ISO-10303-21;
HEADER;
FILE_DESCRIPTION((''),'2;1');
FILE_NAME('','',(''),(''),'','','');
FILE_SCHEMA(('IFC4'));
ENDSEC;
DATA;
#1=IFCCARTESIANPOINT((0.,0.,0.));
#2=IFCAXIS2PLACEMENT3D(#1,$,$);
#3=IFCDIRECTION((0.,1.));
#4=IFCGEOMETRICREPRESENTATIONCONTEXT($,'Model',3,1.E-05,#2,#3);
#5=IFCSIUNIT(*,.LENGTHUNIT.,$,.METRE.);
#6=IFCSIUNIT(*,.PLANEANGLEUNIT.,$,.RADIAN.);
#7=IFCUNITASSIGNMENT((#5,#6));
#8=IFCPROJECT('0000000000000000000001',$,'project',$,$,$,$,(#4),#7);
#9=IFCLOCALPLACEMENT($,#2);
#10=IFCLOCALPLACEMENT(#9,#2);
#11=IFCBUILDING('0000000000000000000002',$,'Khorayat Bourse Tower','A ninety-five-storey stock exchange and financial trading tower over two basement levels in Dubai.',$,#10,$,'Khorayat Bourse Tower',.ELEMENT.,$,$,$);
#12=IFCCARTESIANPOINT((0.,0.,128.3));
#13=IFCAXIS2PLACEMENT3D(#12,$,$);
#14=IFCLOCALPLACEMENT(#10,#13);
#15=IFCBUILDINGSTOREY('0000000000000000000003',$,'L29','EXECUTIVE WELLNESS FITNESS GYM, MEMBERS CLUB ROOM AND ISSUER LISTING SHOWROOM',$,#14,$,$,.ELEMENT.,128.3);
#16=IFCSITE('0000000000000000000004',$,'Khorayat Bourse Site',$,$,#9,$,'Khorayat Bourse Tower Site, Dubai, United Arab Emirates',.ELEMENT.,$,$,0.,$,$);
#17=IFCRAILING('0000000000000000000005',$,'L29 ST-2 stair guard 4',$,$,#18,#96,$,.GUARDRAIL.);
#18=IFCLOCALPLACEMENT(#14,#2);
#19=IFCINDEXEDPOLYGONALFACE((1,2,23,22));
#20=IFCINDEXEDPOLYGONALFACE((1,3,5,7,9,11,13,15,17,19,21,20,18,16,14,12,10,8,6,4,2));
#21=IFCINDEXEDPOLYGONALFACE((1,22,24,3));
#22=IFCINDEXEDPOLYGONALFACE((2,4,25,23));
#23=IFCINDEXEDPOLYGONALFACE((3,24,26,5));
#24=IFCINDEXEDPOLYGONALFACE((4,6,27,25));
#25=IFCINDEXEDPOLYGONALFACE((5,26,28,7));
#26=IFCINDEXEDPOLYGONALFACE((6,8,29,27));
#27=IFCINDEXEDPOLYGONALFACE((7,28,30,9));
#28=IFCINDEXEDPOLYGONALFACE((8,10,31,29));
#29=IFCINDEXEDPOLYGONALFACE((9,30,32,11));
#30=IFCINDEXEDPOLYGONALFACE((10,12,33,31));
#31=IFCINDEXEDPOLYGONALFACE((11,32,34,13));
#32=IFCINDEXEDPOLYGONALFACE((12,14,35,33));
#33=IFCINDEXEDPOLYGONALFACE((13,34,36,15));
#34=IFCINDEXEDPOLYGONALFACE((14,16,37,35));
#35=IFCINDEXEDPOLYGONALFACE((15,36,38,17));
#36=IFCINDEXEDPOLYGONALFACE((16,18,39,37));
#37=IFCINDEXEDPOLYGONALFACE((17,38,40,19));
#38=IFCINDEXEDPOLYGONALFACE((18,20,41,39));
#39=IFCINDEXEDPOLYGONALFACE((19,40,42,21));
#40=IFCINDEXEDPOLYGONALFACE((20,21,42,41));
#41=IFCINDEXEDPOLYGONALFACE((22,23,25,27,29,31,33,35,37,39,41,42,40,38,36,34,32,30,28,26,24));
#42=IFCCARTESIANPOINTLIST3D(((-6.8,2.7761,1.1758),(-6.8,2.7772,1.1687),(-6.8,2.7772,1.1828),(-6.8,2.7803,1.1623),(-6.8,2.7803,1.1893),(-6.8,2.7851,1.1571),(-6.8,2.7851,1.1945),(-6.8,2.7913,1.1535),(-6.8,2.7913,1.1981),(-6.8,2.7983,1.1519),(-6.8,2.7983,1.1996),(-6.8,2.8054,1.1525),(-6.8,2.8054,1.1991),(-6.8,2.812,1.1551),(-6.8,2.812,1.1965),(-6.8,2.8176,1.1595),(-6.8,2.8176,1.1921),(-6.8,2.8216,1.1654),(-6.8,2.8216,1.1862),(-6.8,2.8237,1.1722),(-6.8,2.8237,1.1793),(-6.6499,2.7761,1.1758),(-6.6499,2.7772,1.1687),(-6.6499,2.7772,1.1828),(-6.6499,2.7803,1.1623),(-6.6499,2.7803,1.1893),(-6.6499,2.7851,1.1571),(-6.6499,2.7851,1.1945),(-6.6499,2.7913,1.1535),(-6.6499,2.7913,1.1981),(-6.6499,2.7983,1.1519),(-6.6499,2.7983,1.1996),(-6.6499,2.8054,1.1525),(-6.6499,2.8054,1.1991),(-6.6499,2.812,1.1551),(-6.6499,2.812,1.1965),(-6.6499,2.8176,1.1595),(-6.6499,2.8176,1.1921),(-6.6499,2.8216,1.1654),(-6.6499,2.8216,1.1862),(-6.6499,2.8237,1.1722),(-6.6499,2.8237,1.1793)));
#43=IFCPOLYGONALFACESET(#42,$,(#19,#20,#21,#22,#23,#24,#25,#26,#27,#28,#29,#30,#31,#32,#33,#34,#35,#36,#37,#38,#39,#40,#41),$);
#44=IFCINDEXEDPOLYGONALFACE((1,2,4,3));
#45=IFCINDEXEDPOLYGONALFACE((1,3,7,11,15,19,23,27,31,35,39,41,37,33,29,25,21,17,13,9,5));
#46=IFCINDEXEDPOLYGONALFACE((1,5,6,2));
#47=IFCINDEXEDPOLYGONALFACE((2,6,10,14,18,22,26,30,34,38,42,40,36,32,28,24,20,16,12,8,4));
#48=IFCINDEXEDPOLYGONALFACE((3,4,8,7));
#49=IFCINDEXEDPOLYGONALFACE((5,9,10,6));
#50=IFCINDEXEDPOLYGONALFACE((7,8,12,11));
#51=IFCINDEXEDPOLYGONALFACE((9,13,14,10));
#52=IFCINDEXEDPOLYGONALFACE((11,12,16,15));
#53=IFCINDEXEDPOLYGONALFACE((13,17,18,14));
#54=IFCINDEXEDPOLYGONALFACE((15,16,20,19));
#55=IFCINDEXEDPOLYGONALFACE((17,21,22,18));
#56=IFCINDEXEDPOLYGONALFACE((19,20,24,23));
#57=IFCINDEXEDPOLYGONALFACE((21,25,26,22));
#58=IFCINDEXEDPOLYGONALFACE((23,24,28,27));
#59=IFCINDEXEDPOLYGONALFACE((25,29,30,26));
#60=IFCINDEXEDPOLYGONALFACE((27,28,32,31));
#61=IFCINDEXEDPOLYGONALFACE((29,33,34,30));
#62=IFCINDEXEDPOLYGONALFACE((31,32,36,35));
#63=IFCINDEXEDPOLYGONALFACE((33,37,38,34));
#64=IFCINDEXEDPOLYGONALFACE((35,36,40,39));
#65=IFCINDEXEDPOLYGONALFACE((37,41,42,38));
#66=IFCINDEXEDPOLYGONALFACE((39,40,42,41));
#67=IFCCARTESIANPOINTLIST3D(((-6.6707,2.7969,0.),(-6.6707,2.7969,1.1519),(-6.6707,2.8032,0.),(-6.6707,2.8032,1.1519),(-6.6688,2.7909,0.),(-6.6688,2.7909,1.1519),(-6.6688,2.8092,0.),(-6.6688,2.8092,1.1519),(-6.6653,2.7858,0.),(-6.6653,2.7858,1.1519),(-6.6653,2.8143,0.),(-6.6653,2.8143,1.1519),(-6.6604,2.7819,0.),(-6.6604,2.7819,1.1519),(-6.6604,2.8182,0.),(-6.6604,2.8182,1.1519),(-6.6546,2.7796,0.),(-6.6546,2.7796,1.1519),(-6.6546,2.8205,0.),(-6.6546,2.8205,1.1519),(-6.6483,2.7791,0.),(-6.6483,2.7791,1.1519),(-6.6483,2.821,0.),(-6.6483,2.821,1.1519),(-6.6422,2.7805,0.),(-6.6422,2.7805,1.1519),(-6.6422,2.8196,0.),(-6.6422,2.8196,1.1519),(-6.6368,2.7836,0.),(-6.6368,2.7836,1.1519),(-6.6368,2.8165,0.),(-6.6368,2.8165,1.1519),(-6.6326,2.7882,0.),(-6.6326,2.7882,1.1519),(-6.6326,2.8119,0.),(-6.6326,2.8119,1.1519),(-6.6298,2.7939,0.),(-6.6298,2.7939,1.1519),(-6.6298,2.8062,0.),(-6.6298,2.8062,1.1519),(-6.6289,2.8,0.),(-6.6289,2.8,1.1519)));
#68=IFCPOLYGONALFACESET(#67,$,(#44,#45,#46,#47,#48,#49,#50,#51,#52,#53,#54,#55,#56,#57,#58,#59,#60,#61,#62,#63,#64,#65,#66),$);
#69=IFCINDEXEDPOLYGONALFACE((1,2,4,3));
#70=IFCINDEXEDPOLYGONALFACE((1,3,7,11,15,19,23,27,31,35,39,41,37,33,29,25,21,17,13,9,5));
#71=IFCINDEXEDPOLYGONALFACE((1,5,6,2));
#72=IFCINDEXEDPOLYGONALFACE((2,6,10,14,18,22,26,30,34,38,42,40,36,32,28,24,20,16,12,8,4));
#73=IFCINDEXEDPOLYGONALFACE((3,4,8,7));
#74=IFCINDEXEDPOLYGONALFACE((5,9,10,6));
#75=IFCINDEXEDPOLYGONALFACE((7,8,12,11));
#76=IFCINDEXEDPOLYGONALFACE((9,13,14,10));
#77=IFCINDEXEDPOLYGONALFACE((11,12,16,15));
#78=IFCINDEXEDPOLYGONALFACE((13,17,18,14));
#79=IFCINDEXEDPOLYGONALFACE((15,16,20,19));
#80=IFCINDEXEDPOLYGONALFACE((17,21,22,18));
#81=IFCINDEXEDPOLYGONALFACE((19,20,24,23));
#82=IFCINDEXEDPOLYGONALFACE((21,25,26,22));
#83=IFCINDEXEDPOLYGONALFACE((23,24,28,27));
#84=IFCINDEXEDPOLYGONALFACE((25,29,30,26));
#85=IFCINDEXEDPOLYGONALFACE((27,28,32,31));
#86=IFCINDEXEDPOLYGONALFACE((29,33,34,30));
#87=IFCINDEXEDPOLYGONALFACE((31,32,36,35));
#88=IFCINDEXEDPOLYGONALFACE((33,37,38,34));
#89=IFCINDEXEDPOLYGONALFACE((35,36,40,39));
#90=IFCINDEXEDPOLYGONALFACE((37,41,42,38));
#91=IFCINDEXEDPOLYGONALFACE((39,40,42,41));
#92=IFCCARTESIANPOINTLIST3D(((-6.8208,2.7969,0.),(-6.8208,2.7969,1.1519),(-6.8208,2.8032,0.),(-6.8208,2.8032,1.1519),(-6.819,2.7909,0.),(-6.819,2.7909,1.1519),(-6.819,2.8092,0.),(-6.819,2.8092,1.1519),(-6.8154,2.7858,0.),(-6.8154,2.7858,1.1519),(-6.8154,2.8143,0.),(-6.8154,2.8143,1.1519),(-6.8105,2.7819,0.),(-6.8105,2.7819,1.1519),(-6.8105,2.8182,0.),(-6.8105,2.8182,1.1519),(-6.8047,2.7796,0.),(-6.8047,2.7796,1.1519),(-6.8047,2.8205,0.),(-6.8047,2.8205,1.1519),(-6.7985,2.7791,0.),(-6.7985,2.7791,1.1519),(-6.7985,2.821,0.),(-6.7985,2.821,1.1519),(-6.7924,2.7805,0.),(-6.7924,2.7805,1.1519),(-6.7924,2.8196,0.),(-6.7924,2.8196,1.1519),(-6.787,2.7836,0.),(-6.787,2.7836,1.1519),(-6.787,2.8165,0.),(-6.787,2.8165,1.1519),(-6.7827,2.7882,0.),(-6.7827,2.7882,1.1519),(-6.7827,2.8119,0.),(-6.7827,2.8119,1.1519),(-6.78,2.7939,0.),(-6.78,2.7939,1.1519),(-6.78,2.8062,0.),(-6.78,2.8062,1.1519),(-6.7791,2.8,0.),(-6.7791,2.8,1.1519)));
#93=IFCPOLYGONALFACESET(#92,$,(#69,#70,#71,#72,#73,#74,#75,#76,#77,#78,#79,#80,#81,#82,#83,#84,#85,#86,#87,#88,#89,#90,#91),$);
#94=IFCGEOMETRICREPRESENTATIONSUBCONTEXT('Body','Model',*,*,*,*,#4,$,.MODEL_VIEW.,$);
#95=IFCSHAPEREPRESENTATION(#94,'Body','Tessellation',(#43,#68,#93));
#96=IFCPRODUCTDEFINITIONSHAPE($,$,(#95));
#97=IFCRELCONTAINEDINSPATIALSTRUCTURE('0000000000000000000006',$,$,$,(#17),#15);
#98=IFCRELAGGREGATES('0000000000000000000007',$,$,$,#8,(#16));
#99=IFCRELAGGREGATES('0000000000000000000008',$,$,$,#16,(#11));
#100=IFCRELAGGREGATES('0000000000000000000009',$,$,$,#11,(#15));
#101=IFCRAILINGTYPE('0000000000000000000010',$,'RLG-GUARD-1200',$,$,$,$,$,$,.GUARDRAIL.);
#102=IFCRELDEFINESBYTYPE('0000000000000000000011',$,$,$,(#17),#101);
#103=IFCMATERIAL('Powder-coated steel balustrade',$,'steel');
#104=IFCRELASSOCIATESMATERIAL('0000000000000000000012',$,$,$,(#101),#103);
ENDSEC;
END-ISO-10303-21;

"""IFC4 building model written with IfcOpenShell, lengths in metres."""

from ifc_helpers import new_model, si_unit, direction, frame, origin, origin_2d, place, context, subcontext, project, spatial, circle, extrude, source, transform, mapped, material, type_object, element, save


model = new_model("IFC4")

# Units and contexts
model_context = context("Model", 3, precision=1e-05, world=origin(), true_north=direction((0.0, 1.0)))
body_context = subcontext(model_context, "Body", "Model", "MODEL_VIEW")
ifc_project = project(units=[si_unit("LENGTHUNIT", "METRE"), si_unit("PLANEANGLEUNIT", "RADIAN")], contexts=[model_context])

# Site, building, storey
site_placement = place(None, origin())
site = spatial("IfcSite", under=ifc_project, at=site_placement, Name="Khorayat Bourse Site", LongName="Khorayat Bourse Tower Site, Dubai, United Arab Emirates", CompositionType="ELEMENT", RefElevation=0.0)
building_placement = place(site_placement, origin())
building = spatial("IfcBuilding", under=site, at=building_placement, Name="Khorayat Bourse Tower", Description="A ninety-five-storey stock exchange and financial trading tower over two basement levels in Dubai.", LongName="Khorayat Bourse Tower", CompositionType="ELEMENT")
storey_placement = place(building_placement, frame((0.0, 0.0, 128.3)))
storey = spatial("IfcBuildingStorey", under=building, at=storey_placement, Name="L29", Description="EXECUTIVE WELLNESS FITNESS GYM, MEMBERS CLUB ROOM AND ISSUER LISTING SHOWROOM", CompositionType="ELEMENT", Elevation=128.3)

# Railing
ifc_material_1 = material(Name="Powder-coated steel balustrade", Category="steel")
railing_type_1 = type_object("IfcRailingType", Name="RLG-GUARD-1200", PredefinedType="GUARDRAIL", material=ifc_material_1)
shared_shape_1 = source(origin(), body_context, "Body", "SweptSolid", [
    extrude(circle(Radius=0.0239, at=origin_2d()), frame((0.0, 0.0, 1.1758), z_axis=(-1.0, 0.0, 0.0), x_axis=(0.0, -1.0, 0.0)), (0.0, 0.0, 1.0), 0.1501),
    extrude(circle(Radius=0.021, at=origin_2d()), origin(), (0.0, 0.0, 1.0), 1.1519),
    extrude(circle(Radius=0.021, at=origin_2d()), frame((-0.1501, 0.0, 0.0)), (0.0, 0.0, 1.0), 1.1519),
])
for number, where, name in (
    (1, (-6.6499, 2.8, 0.0), "L29 ST-2 stair guard 4"),
):
    element("IfcRailing", number, at=place(storey_placement, frame(where)), inside=storey, type_object=railing_type_1, Name=name, PredefinedType="GUARDRAIL", context=body_context, shape_type="MappedRepresentation", body=[
        mapped(shared_shape_1, transform((0.0, 0.0, 0.0), scale=1.0)),
    ])

save(model, "model.ifc")
